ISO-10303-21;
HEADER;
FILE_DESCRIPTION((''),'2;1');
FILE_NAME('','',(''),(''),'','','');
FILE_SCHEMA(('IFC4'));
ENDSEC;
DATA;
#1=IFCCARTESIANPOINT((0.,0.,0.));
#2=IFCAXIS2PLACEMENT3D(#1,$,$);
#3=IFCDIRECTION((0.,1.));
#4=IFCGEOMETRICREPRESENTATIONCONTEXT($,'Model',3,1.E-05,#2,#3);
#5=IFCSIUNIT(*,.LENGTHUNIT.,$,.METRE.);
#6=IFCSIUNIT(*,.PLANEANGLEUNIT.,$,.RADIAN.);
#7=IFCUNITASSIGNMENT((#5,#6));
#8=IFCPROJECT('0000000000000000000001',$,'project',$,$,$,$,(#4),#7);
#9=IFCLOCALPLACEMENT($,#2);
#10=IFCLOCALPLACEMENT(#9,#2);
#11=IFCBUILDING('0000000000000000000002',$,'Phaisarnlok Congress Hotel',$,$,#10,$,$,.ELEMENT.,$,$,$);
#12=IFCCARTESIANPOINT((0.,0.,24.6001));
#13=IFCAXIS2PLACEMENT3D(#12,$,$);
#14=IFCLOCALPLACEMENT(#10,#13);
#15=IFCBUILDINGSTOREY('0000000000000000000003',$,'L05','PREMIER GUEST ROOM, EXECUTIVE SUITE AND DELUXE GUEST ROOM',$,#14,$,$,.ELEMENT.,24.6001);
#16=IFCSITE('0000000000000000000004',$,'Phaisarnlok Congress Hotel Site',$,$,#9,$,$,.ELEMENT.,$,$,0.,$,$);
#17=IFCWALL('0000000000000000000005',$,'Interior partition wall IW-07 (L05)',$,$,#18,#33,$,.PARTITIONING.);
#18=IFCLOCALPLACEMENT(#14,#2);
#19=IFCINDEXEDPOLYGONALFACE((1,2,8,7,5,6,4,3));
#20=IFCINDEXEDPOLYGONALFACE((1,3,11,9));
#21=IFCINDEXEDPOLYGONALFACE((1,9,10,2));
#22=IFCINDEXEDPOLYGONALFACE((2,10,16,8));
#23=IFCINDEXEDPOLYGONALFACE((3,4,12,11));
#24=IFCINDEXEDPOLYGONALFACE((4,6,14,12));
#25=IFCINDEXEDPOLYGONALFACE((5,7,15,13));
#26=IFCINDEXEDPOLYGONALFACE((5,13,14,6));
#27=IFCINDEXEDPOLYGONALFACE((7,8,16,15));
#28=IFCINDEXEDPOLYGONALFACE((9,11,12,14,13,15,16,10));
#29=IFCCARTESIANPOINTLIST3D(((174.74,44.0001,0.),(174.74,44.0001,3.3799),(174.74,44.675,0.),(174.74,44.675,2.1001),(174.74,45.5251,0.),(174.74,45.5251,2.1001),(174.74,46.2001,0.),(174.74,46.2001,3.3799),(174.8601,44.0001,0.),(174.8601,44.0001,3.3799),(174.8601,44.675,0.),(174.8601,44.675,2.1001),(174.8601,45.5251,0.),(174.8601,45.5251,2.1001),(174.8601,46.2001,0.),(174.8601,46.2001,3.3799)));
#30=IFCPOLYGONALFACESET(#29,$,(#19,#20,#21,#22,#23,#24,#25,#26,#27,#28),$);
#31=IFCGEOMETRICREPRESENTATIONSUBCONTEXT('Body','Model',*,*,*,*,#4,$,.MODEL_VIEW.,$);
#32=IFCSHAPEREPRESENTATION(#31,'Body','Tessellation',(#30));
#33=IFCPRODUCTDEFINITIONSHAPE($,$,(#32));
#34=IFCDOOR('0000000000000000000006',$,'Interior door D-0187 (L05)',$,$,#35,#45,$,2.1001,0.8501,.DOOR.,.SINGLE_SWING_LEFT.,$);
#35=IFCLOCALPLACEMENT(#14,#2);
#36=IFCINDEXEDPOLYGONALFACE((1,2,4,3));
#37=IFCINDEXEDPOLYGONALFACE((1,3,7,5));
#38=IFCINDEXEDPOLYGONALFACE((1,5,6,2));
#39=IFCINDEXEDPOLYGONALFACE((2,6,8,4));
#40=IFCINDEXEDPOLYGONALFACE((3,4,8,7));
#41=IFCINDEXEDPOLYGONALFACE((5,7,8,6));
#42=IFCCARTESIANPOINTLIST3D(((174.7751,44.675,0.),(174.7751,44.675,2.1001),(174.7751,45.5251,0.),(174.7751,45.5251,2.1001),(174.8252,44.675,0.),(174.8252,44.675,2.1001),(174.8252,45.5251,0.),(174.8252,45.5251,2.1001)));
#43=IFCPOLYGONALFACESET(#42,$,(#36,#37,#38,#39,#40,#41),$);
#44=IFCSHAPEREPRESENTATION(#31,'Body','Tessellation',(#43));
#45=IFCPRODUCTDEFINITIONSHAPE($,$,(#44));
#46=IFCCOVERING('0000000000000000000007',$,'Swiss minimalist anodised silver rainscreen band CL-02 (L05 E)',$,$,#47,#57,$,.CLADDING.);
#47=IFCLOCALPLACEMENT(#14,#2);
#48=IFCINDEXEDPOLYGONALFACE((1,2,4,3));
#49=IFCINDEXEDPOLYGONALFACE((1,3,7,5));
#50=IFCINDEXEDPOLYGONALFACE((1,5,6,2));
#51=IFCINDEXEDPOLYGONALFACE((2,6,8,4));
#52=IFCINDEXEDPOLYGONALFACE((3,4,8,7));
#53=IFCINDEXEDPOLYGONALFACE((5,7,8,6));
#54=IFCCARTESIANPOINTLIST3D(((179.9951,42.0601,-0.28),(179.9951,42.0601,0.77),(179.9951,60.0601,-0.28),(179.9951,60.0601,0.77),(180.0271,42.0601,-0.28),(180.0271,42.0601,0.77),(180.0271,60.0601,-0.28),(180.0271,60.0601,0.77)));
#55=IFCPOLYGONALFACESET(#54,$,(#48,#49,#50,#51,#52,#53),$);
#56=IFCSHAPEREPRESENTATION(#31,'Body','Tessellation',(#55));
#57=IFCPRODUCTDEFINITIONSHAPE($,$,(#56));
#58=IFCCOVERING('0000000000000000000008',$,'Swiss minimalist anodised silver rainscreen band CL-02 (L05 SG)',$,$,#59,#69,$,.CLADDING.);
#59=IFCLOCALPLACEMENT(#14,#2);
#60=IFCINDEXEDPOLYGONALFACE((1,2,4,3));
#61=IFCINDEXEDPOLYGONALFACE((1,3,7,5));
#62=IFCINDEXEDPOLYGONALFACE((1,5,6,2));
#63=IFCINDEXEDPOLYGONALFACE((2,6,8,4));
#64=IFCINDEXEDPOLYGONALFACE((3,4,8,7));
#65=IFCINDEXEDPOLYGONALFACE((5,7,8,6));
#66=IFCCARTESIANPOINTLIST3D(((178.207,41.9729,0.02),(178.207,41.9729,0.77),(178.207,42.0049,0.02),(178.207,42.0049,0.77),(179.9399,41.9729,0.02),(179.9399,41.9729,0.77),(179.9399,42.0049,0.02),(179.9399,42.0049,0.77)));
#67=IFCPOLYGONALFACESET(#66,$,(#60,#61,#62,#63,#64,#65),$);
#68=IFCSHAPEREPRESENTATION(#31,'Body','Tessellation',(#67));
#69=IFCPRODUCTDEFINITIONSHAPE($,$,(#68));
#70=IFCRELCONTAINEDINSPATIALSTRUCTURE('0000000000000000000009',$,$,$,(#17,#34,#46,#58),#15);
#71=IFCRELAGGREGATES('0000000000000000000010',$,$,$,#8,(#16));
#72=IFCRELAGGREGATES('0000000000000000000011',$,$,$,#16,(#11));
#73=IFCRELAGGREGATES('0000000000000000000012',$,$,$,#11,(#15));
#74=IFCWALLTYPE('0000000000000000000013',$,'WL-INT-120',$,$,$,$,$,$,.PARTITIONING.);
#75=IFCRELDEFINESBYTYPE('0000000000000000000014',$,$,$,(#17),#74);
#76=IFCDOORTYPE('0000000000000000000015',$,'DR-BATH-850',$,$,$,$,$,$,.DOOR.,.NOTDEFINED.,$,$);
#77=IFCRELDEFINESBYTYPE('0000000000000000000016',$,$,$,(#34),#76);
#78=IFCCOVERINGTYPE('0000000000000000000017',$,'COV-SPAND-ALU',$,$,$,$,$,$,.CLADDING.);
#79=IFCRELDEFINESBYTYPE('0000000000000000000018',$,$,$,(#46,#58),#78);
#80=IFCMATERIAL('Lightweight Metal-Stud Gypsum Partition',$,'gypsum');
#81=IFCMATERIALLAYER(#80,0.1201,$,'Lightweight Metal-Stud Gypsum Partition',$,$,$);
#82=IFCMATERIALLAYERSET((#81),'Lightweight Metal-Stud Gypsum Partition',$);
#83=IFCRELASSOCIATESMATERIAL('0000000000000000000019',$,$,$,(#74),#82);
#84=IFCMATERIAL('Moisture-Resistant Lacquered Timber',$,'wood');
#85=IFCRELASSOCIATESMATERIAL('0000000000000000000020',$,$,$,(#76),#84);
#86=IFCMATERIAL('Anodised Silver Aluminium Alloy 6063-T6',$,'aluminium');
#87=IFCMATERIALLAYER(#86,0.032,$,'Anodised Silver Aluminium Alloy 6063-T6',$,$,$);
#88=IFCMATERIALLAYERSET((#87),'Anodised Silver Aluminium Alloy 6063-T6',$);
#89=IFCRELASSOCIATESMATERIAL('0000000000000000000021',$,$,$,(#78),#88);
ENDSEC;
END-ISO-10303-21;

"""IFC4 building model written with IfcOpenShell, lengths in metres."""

from ifc_helpers import new_model, si_unit, direction, frame, frame_2d, origin, place, context, subcontext, project, spatial, polyline, rectangle, outline, extrude, material, layer, layer_set, type_object, element, fill, save


model = new_model("IFC4")

# Units and contexts
model_context = context("Model", 3, precision=1e-05, world=origin(), true_north=direction((0.0, 1.0)))
body_context = subcontext(model_context, "Body", "Model", "MODEL_VIEW")
ifc_project = project(units=[si_unit("LENGTHUNIT", "METRE"), si_unit("PLANEANGLEUNIT", "RADIAN")], contexts=[model_context])

# Site, building, storey
site_placement = place(None, origin())
site = spatial("IfcSite", under=ifc_project, at=site_placement, Name="Phaisarnlok Congress Hotel Site", CompositionType="ELEMENT", RefElevation=0.0)
building_placement = place(site_placement, origin())
building = spatial("IfcBuilding", under=site, at=building_placement, Name="Phaisarnlok Congress Hotel", CompositionType="ELEMENT")
storey_placement = place(building_placement, frame((0.0, 0.0, 24.6001)))
storey = spatial("IfcBuildingStorey", under=building, at=storey_placement, Name="L05", Description="PREMIER GUEST ROOM, EXECUTIVE SUITE AND DELUXE GUEST ROOM", CompositionType="ELEMENT", Elevation=24.6001)

# Wall, opening, door
ifc_material_1 = material(Name="Lightweight Metal-Stud Gypsum Partition", Category="gypsum")
ifc_layer_1 = layer(ifc_material_1, 0.1201, Name="Lightweight Metal-Stud Gypsum Partition")
ifc_layer_set_1 = layer_set([ifc_layer_1], Name="Lightweight Metal-Stud Gypsum Partition")
wall_type_1 = type_object("IfcWallType", Name="WL-INT-120", PredefinedType="PARTITIONING", material=ifc_layer_set_1)
wall_1_placement = place(storey_placement, frame((174.8, 44.0, 0.0), z_axis=(0.0, 0.0, 1.0), x_axis=(0.0, 1.0, 0.0)))
wall_1 = element("IfcWall", 1, at=wall_1_placement, inside=storey, type_object=wall_type_1, Name="Interior partition wall IW-07 (L05)", PredefinedType="PARTITIONING", context=body_context, shape_type="SweptSolid", body=[
    extrude(rectangle(XDim=2.2, YDim=0.1201, at=frame_2d((1.1001, 0.0))), origin(), (0.0, 0.0, 1.0), 3.3799),
])
opening_1_placement = place(wall_1_placement, frame((0.675, 0.0, 0.0)))
opening_1 = element("IfcOpeningElement", 2, at=opening_1_placement, cuts=wall_1, PredefinedType="OPENING", context=body_context, shape_type="SweptSolid", body=[
    extrude(rectangle(XDim=0.8501, YDim=2.1001, at=frame_2d((0.425, 1.05))), frame((0.0, 0.0701, 0.0), z_axis=(0.0, -1.0, 0.0), x_axis=(1.0, 0.0, 0.0)), (0.0, 0.0, 1.0), 0.1401),
])
ifc_material_2 = material(Name="Moisture-Resistant Lacquered Timber", Category="wood")
door_type_1 = type_object("IfcDoorType", Name="DR-BATH-850", OperationType="NOTDEFINED", PredefinedType="DOOR", material=ifc_material_2)
door_1_placement = place(opening_1_placement, origin())
door_1 = element("IfcDoor", 3, at=door_1_placement, inside=storey, type_object=door_type_1, Name="Interior door D-0187 (L05)", OperationType="SINGLE_SWING_LEFT", OverallHeight=2.1001, OverallWidth=0.8501, PredefinedType="DOOR", context=body_context, shape_type="SweptSolid", body=[
    extrude(rectangle(XDim=0.8501, YDim=2.1001, at=frame_2d((0.425, 1.05))), frame((0.0, 0.0249, 0.0), z_axis=(0.0, -1.0, 0.0), x_axis=(1.0, 0.0, 0.0)), (0.0, 0.0, 1.0), 0.05),
])
fill(opening_1, door_1)

# Coverings
ifc_material_3 = material(Name="Anodised Silver Aluminium Alloy 6063-T6", Category="aluminium")
ifc_layer_2 = layer(ifc_material_3, 0.032, Name="Anodised Silver Aluminium Alloy 6063-T6")
ifc_layer_set_2 = layer_set([ifc_layer_2], Name="Anodised Silver Aluminium Alloy 6063-T6")
covering_type = type_object("IfcCoveringType", Name="COV-SPAND-ALU", PredefinedType="CLADDING", material=ifc_layer_set_2)
covering_1_placement = place(storey_placement, frame((179.9951, 42.0601, -0.28), z_axis=(1.0, 0.0, 0.0), x_axis=(0.0, 1.0, 0.0)))
element("IfcCovering", 4, at=covering_1_placement, inside=storey, type_object=covering_type, Name="Swiss minimalist anodised silver rainscreen band CL-02 (L05 E)", PredefinedType="CLADDING", context=body_context, shape_type="SweptSolid", body=[
    extrude(outline(polyline([(0.0, 0.0), (18.0, 0.0), (18.0, 1.05), (0.0, 1.05), (0.0, 0.0)])), origin(), (0.0, 0.0, 1.0), 0.032),
])
covering_2_placement = place(storey_placement, frame((178.207, 42.0049, 0.02), z_axis=(0.0, -1.0, 0.0), x_axis=(1.0, 0.0, 0.0)))
element("IfcCovering", 5, at=covering_2_placement, inside=storey, type_object=covering_type, Name="Swiss minimalist anodised silver rainscreen band CL-02 (L05 SG)", PredefinedType="CLADDING", context=body_context, shape_type="SweptSolid", body=[
    extrude(outline(polyline([(0.0, 0.0), (1.7329, 0.0), (1.7329, 0.75), (0.0, 0.75), (0.0, 0.0)])), origin(), (0.0, 0.0, 1.0), 0.032),
])

save(model, "model.ifc")
